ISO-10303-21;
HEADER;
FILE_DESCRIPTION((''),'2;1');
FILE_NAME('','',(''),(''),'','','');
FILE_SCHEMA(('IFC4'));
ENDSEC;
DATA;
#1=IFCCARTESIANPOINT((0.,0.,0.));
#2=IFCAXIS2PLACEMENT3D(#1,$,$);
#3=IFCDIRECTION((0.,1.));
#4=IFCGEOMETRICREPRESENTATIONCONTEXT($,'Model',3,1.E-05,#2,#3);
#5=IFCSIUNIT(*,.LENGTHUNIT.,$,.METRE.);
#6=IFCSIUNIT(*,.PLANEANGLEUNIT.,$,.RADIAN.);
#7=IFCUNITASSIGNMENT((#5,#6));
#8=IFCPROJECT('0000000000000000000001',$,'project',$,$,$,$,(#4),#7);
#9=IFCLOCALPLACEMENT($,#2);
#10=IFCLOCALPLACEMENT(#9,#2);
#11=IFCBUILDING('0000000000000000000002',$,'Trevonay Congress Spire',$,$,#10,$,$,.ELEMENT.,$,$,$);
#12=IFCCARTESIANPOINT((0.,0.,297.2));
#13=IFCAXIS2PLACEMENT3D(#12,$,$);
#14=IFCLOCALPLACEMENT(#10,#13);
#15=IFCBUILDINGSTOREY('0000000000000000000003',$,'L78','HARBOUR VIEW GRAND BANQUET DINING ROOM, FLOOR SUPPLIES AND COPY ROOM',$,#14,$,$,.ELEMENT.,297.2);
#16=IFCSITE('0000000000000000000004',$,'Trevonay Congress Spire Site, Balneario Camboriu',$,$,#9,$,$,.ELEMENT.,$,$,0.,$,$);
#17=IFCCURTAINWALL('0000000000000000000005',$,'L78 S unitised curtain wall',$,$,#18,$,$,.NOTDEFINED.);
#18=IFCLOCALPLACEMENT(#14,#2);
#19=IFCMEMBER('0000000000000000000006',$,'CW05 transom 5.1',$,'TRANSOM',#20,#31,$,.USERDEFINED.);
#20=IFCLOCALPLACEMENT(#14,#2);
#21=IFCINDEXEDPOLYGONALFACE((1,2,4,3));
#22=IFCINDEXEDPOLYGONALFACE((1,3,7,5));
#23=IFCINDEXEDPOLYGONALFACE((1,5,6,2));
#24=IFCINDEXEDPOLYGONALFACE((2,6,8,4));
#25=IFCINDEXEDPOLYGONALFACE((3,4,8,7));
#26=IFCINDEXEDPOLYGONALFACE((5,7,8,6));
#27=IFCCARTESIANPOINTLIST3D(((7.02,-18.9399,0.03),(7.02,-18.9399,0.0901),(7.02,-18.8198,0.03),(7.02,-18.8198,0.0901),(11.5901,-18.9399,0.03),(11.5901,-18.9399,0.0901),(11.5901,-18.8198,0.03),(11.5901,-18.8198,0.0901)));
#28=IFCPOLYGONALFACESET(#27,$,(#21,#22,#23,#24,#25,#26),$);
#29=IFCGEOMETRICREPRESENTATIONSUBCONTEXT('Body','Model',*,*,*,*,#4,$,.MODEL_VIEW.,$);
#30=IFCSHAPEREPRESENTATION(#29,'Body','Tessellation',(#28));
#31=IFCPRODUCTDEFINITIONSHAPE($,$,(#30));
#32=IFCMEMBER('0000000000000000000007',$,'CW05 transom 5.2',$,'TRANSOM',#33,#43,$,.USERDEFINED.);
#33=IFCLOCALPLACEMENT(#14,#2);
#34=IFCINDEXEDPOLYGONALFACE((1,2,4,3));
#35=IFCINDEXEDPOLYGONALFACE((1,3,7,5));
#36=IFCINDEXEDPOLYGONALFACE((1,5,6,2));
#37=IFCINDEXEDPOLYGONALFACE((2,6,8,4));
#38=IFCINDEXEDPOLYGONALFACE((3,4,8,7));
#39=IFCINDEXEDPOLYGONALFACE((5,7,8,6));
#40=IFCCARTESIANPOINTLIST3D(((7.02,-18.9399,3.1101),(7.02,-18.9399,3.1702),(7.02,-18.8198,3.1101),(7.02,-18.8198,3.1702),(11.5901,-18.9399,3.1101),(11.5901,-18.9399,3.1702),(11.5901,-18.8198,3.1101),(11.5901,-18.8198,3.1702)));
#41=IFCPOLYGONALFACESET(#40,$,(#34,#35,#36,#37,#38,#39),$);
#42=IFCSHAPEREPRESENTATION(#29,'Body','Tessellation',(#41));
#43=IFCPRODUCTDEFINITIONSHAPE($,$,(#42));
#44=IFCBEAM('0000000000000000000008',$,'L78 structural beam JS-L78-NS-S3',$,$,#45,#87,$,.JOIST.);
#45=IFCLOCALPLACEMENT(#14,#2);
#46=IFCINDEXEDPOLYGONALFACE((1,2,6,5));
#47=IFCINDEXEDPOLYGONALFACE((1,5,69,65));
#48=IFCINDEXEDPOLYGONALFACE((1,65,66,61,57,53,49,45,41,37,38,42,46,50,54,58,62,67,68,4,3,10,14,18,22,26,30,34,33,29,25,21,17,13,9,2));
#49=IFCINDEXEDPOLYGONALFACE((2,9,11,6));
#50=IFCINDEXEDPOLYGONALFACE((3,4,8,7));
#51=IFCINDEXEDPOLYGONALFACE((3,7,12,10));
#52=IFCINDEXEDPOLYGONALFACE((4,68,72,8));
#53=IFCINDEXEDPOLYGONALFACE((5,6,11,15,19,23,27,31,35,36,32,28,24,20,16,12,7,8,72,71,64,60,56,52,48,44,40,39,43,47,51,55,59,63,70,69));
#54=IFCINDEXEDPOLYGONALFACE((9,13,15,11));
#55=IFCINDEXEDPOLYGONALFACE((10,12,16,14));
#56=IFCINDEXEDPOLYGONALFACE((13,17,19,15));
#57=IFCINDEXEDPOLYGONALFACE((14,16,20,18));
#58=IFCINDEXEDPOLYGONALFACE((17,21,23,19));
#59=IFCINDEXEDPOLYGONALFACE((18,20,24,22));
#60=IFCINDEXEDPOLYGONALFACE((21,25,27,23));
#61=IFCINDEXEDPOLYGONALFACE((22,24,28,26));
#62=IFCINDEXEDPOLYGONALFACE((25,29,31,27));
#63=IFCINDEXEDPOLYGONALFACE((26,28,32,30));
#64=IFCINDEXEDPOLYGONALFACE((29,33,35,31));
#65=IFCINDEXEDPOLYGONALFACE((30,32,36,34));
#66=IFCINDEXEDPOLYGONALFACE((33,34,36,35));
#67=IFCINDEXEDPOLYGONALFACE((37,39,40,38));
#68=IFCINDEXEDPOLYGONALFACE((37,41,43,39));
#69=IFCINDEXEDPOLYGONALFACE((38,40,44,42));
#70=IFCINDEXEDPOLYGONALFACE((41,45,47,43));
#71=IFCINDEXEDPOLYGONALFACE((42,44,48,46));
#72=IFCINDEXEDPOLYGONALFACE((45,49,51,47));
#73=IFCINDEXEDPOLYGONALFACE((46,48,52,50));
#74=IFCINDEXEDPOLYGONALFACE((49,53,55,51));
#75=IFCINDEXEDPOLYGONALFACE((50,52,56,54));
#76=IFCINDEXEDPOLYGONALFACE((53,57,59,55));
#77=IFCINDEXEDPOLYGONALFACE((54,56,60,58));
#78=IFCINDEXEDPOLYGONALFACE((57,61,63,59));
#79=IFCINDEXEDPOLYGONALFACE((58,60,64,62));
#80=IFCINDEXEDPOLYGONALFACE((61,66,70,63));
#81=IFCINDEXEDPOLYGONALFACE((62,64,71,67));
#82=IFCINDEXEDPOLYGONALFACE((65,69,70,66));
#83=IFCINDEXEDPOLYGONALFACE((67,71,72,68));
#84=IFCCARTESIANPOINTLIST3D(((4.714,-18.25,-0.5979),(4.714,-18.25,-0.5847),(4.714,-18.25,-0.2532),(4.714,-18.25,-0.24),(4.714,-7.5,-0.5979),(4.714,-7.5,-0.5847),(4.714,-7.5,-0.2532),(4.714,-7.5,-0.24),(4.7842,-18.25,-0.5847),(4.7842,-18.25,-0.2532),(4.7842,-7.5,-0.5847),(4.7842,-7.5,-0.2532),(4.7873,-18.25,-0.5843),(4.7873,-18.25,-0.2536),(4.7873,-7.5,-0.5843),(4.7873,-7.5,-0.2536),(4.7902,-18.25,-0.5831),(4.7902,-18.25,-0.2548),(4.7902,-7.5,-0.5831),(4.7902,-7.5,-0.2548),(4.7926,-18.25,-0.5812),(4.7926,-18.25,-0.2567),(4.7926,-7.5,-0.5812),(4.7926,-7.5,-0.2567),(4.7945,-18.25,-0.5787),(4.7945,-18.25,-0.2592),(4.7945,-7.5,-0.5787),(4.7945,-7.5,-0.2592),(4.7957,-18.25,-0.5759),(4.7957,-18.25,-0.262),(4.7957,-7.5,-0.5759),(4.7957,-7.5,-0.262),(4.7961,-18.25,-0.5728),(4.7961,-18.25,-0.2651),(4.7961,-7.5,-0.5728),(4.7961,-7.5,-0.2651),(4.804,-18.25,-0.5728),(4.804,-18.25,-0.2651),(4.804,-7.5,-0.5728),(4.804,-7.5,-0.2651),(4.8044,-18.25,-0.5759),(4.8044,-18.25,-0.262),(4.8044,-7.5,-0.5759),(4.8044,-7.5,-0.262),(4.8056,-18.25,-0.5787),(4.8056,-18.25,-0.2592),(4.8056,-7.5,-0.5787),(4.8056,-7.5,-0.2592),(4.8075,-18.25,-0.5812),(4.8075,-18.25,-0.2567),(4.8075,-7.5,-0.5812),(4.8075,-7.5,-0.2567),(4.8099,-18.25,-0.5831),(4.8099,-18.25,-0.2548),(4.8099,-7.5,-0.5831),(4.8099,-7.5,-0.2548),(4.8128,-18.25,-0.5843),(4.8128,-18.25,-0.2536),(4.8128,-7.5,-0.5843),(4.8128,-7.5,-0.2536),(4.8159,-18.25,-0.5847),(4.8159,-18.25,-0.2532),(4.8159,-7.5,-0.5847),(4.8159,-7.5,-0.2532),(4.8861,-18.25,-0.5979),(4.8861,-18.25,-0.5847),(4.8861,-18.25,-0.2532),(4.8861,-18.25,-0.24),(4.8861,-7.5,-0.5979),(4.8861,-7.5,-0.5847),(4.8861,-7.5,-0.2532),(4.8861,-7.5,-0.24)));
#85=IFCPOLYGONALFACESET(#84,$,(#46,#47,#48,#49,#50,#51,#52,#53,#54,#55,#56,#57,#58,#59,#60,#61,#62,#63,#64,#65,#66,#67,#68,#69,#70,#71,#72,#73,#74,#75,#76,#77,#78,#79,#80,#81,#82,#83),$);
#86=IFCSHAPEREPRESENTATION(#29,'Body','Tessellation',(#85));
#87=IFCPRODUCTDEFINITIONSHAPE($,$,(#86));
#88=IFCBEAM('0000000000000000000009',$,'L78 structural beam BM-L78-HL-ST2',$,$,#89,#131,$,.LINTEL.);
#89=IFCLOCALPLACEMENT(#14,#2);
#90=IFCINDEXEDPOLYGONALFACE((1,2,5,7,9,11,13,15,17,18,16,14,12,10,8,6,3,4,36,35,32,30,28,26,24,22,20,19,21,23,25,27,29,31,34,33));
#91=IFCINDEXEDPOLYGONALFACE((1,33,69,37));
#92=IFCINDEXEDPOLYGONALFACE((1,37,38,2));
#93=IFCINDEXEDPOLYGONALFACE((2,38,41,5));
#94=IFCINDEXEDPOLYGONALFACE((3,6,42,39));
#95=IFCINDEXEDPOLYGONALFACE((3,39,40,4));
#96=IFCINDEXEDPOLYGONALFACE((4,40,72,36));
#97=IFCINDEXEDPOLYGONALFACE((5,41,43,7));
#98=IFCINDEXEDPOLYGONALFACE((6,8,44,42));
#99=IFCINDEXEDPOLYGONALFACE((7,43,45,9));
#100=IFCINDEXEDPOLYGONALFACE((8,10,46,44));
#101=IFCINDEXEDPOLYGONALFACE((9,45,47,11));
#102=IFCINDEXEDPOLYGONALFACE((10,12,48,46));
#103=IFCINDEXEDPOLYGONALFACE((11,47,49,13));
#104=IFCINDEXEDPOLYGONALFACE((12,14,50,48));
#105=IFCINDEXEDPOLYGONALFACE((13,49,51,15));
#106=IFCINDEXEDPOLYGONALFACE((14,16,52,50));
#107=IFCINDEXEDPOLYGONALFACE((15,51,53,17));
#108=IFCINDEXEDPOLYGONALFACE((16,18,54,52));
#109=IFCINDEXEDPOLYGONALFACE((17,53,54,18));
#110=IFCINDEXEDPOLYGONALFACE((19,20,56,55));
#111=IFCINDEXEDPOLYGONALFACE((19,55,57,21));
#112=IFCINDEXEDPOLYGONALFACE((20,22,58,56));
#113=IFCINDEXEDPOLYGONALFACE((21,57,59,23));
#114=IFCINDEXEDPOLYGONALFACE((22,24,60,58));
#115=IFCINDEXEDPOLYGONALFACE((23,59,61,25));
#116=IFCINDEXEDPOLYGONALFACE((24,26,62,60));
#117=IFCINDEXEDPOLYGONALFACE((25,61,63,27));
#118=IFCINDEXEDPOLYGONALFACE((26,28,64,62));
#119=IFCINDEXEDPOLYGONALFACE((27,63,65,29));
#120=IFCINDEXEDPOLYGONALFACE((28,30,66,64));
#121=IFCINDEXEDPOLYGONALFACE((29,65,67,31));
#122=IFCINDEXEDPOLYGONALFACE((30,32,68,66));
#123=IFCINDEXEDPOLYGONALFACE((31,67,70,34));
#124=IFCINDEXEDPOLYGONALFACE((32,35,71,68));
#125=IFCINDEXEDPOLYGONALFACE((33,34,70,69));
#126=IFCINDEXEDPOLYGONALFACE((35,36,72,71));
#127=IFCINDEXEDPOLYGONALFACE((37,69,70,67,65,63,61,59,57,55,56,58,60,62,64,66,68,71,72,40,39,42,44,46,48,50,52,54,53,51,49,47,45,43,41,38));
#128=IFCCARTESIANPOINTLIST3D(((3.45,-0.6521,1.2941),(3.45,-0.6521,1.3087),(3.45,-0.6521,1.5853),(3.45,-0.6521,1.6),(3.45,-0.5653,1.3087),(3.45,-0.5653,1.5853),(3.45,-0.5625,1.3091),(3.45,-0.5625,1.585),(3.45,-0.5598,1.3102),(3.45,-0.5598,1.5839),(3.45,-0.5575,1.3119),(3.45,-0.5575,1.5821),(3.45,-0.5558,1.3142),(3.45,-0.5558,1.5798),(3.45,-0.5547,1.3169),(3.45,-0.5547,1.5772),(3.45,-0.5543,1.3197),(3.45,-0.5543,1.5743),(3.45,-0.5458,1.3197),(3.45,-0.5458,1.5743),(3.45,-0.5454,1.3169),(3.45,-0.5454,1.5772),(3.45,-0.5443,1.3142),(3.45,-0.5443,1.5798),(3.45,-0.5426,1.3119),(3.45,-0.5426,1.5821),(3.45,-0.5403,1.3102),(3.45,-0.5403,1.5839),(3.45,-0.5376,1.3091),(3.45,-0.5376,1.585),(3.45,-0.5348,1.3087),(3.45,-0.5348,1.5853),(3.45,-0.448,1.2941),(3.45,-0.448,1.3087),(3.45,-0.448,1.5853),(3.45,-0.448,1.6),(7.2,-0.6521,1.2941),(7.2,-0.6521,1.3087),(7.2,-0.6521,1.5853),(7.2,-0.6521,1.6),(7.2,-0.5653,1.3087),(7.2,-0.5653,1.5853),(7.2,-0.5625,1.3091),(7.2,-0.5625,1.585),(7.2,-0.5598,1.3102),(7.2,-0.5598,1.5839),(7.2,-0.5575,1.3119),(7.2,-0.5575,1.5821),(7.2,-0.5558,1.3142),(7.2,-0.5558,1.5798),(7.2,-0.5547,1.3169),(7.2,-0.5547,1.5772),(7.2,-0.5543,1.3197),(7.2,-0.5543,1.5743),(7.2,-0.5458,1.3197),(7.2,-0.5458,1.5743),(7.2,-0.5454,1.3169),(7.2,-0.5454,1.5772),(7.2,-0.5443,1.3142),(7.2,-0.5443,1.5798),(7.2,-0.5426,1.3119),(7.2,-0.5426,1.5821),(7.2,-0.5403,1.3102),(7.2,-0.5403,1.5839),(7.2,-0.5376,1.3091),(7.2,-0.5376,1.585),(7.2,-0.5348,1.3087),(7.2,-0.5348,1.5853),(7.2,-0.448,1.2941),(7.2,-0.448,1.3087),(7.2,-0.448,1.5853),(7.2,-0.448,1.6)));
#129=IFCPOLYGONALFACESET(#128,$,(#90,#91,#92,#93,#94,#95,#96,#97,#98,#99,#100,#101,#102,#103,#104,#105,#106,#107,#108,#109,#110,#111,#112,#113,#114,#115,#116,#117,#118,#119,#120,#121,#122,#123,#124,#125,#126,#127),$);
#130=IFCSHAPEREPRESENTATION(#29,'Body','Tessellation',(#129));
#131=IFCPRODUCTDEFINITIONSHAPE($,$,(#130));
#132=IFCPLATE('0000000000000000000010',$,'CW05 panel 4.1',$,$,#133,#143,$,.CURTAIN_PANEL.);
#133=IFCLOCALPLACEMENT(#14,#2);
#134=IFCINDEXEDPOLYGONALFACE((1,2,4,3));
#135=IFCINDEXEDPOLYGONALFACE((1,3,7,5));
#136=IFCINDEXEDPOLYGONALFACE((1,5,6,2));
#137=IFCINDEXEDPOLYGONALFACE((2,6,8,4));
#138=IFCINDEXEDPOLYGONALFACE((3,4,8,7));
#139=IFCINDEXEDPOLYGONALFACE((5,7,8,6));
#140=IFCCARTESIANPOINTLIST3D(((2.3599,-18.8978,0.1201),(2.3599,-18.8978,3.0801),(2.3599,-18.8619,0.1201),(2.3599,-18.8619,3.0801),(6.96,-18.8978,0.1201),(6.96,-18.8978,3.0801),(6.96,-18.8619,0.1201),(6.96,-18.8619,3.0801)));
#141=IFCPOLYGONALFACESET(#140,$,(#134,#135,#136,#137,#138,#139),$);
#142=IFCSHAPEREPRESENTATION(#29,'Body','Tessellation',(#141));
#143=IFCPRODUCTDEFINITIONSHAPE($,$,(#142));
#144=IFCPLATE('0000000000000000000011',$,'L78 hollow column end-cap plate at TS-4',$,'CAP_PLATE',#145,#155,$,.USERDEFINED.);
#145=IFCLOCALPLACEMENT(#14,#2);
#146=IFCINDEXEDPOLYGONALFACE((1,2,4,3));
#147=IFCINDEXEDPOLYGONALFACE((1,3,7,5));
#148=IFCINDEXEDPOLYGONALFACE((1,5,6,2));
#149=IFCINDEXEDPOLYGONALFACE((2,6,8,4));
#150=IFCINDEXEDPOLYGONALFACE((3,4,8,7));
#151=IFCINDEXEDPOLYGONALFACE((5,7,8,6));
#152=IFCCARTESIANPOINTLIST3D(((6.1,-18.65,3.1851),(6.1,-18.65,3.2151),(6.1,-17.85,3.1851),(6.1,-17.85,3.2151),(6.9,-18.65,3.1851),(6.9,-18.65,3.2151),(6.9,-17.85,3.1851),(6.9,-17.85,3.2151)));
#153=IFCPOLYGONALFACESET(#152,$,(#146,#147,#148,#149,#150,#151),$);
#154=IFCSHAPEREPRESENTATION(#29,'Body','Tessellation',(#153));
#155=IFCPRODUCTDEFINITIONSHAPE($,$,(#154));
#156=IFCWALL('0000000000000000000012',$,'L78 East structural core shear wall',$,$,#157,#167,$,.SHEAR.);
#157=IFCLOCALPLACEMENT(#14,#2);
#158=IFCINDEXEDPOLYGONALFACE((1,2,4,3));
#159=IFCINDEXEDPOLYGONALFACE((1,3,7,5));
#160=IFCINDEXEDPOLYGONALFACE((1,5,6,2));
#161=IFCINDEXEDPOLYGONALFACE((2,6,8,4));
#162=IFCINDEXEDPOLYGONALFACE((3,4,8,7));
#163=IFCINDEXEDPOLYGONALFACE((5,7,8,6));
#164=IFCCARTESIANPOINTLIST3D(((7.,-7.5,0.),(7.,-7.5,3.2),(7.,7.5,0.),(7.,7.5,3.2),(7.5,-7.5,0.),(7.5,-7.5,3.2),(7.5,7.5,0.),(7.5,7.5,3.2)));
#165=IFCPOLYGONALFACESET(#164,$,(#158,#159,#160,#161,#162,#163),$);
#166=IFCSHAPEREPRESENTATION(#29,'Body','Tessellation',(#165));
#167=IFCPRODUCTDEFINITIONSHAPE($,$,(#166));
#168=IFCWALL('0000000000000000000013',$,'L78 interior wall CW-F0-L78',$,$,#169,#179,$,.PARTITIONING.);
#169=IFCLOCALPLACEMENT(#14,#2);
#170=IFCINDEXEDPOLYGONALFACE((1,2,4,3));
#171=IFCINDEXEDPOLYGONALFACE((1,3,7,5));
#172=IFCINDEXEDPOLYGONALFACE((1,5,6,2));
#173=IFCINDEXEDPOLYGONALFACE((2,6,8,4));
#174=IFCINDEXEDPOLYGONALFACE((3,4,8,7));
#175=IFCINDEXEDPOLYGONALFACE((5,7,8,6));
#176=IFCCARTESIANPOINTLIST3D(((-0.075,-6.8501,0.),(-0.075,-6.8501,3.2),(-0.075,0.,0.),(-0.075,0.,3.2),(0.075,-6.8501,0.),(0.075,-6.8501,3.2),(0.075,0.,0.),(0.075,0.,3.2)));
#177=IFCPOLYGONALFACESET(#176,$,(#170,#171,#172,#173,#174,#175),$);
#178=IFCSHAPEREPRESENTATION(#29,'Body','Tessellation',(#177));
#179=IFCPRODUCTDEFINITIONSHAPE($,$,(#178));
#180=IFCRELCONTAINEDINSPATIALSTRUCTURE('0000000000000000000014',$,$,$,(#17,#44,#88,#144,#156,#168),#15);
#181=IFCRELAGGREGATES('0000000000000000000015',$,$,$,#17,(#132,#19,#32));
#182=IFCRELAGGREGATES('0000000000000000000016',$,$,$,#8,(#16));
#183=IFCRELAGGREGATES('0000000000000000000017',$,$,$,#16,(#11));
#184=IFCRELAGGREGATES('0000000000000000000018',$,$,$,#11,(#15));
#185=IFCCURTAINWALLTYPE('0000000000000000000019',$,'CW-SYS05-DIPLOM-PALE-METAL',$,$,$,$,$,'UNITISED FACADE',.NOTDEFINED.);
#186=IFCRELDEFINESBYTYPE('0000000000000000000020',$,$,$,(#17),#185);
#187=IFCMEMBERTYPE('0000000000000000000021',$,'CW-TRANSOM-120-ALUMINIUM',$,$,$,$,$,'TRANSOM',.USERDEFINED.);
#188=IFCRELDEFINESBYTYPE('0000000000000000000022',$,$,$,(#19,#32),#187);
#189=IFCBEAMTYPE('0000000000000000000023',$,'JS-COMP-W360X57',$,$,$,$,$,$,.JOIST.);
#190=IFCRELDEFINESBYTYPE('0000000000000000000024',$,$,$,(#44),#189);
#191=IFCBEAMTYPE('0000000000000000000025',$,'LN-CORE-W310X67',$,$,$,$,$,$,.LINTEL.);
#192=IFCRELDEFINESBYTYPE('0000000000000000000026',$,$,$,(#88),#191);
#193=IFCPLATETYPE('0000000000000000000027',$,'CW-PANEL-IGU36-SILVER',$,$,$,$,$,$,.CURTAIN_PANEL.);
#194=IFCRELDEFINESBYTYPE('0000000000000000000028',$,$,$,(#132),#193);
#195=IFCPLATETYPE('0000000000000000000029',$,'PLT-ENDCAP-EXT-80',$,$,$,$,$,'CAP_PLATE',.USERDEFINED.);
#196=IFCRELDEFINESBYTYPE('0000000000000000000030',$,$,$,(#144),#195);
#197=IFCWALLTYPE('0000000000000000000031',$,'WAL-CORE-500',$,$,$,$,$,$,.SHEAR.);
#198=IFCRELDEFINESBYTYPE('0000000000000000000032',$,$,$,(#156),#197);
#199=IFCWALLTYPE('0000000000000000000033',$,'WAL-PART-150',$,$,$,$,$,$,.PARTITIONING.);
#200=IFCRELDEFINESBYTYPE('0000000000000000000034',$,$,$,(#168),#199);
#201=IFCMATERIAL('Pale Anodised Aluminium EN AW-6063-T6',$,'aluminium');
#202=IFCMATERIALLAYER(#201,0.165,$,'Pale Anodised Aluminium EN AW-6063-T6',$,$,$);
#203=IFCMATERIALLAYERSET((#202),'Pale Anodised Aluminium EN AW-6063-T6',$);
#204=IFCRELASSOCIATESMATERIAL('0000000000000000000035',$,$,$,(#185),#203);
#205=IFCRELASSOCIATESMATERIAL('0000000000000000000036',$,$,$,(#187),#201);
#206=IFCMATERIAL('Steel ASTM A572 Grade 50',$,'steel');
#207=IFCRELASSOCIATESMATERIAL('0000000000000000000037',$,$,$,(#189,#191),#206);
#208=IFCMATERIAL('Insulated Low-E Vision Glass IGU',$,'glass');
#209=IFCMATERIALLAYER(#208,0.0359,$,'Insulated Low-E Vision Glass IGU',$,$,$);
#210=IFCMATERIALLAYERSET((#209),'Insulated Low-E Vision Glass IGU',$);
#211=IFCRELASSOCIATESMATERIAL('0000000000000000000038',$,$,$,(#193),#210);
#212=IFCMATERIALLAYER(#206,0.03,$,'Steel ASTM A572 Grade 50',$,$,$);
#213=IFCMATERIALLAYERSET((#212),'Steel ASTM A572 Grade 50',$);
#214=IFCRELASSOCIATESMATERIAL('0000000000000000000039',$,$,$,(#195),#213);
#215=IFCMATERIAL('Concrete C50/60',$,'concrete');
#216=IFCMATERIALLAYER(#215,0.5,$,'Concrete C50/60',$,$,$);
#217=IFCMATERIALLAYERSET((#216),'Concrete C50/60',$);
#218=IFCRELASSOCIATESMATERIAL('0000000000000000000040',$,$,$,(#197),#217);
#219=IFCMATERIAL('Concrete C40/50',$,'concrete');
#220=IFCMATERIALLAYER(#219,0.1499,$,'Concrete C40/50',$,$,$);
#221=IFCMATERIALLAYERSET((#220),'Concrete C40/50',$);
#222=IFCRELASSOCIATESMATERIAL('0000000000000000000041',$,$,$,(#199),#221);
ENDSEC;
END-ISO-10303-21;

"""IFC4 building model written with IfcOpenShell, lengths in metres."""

from ifc_helpers import new_model, si_unit, direction, frame, frame_2d, origin, origin_2d, place, context, subcontext, project, spatial, rectangle, i_section, extrude, material, layer, layer_set, material_profile, profile_set, type_object, element, aggregate, save


model = new_model("IFC4")

# Units and contexts
model_context = context("Model", 3, precision=1e-05, world=origin(), true_north=direction((0.0, 1.0)))
body_context = subcontext(model_context, "Body", "Model", "MODEL_VIEW")
ifc_project = project(units=[si_unit("LENGTHUNIT", "METRE"), si_unit("PLANEANGLEUNIT", "RADIAN")], contexts=[model_context])

# Site, building, storey
site_placement = place(None, origin())
site = spatial("IfcSite", under=ifc_project, at=site_placement, Name="Trevonay Congress Spire Site, Balneario Camboriu", CompositionType="ELEMENT", RefElevation=0.0)
building_placement = place(site_placement, origin())
building = spatial("IfcBuilding", under=site, at=building_placement, Name="Trevonay Congress Spire", CompositionType="ELEMENT")
storey_placement = place(building_placement, frame((0.0, 0.0, 297.2)))
storey = spatial("IfcBuildingStorey", under=building, at=storey_placement, Name="L78", Description="HARBOUR VIEW GRAND BANQUET DINING ROOM, FLOOR SUPPLIES AND COPY ROOM", CompositionType="ELEMENT", Elevation=297.2)

# Shared definitions
ifc_material_1 = material(Name="Steel ASTM A572 Grade 50", Category="steel")

# Curtain wall, members
ifc_material_2 = material(Name="Pale Anodised Aluminium EN AW-6063-T6", Category="aluminium")
ifc_layer_1 = layer(ifc_material_2, 0.165, Name="Pale Anodised Aluminium EN AW-6063-T6")
ifc_layer_set_1 = layer_set([ifc_layer_1], Name="Pale Anodised Aluminium EN AW-6063-T6")
curtain_wall_type = type_object("IfcCurtainWallType", Name="CW-SYS05-DIPLOM-PALE-METAL", ElementType="UNITISED FACADE", PredefinedType="NOTDEFINED", material=ifc_layer_set_1)
curtain_wall_placement = place(storey_placement, origin())
curtain_wall = element("IfcCurtainWall", 1, at=curtain_wall_placement, inside=storey, type_object=curtain_wall_type, Name="L78 S unitised curtain wall", PredefinedType="NOTDEFINED")
ifc_material_profile_1 = material_profile(ifc_material_2, rectangle(XDim=0.1201, YDim=0.0601, at=origin_2d()), Name="CW-TRANSOM-120-ALUMINIUM")
ifc_profile_set_1 = profile_set([ifc_material_profile_1], Name="Pale Anodised Aluminium EN AW-6063-T6")
member_type_1 = type_object("IfcMemberType", Name="CW-TRANSOM-120-ALUMINIUM", ElementType="TRANSOM", PredefinedType="USERDEFINED", material=ifc_profile_set_1)
member_1_placement = place(storey_placement, frame((7.02, -18.8799, 0.0601), z_axis=(1.0, 0.0, 0.0), x_axis=(0.0, 1.0, 0.0)))
member_1 = element("IfcMember", 2, at=member_1_placement, type_object=member_type_1, Name="CW05 transom 5.1", ObjectType="TRANSOM", PredefinedType="USERDEFINED", context=body_context, shape_type="SweptSolid", body=[
    extrude(rectangle(XDim=0.1201, YDim=0.0601, at=origin_2d()), origin(), (0.0, 0.0, 1.0), 4.5701),
])
member_2_placement = place(storey_placement, frame((7.02, -18.8799, 3.1401), z_axis=(1.0, 0.0, 0.0), x_axis=(0.0, 1.0, 0.0)))
member_2 = element("IfcMember", 3, at=member_2_placement, type_object=member_type_1, Name="CW05 transom 5.2", ObjectType="TRANSOM", PredefinedType="USERDEFINED", context=body_context, shape_type="SweptSolid", body=[
    extrude(rectangle(XDim=0.1201, YDim=0.0601, at=origin_2d()), origin(), (0.0, 0.0, 1.0), 4.5701),
])

# Beams
ifc_material_profile_2 = material_profile(ifc_material_1, i_section(OverallWidth=0.1721, OverallDepth=0.3579, WebThickness=0.0078, FlangeThickness=0.0132, FilletRadius=0.012, at=origin_2d()), Name="W360x57.8")
ifc_profile_set_2 = profile_set([ifc_material_profile_2], Name="Steel ASTM A572 Grade 50")
beam_type_1 = type_object("IfcBeamType", Name="JS-COMP-W360X57", PredefinedType="JOIST", material=ifc_profile_set_2)
beam_1_placement = place(storey_placement, frame((4.8, -18.25, -0.4189), z_axis=(0.0, 1.0, 0.0), x_axis=(-1.0, 0.0, 0.0)))
element("IfcBeam", 4, at=beam_1_placement, inside=storey, type_object=beam_type_1, Name="L78 structural beam JS-L78-NS-S3", PredefinedType="JOIST", context=body_context, shape_type="SweptSolid", body=[
    extrude(i_section(OverallWidth=0.1721, OverallDepth=0.3579, WebThickness=0.0078, FlangeThickness=0.0132, FilletRadius=0.012, at=origin_2d()), origin(), (0.0, 0.0, 1.0), 10.75),
])
ifc_material_profile_3 = material_profile(ifc_material_1, i_section(OverallWidth=0.2041, OverallDepth=0.3059, WebThickness=0.0085, FlangeThickness=0.0146, FilletRadius=0.011, at=origin_2d()), Name="W310x67")
ifc_profile_set_3 = profile_set([ifc_material_profile_3], Name="Steel ASTM A572 Grade 50")
beam_type_2 = type_object("IfcBeamType", Name="LN-CORE-W310X67", PredefinedType="LINTEL", material=ifc_profile_set_3)
beam_2_placement = place(storey_placement, frame((3.45, -0.55, 1.447), z_axis=(1.0, 0.0, 0.0), x_axis=(0.0, 1.0, 0.0)))
element("IfcBeam", 5, at=beam_2_placement, inside=storey, type_object=beam_type_2, Name="L78 structural beam BM-L78-HL-ST2", PredefinedType="LINTEL", context=body_context, shape_type="SweptSolid", body=[
    extrude(i_section(OverallWidth=0.2041, OverallDepth=0.3059, WebThickness=0.0085, FlangeThickness=0.0146, FilletRadius=0.011, at=origin_2d()), origin(), (0.0, 0.0, 1.0), 3.75),
])

# Plates
ifc_material_3 = material(Name="Insulated Low-E Vision Glass IGU", Category="glass")
ifc_layer_2 = layer(ifc_material_3, 0.0359, Name="Insulated Low-E Vision Glass IGU")
ifc_layer_set_2 = layer_set([ifc_layer_2], Name="Insulated Low-E Vision Glass IGU")
plate_type_1 = type_object("IfcPlateType", Name="CW-PANEL-IGU36-SILVER", PredefinedType="CURTAIN_PANEL", material=ifc_layer_set_2)
plate_1_placement = place(storey_placement, frame((4.6599, -18.8799, 0.1201), z_axis=(0.0, 0.0, 1.0), x_axis=(1.0, 0.0, 0.0)))
plate_1 = element("IfcPlate", 6, at=plate_1_placement, type_object=plate_type_1, Name="CW05 panel 4.1", PredefinedType="CURTAIN_PANEL", context=body_context, shape_type="SweptSolid", body=[
    extrude(rectangle(XDim=4.6001, YDim=0.0359, at=origin_2d()), origin(), (0.0, 0.0, 1.0), 2.96),
])
aggregate(curtain_wall, [plate_1, member_1, member_2])
ifc_layer_3 = layer(ifc_material_1, 0.03, Name="Steel ASTM A572 Grade 50")
ifc_layer_set_3 = layer_set([ifc_layer_3], Name="Steel ASTM A572 Grade 50")
plate_type_2 = type_object("IfcPlateType", Name="PLT-ENDCAP-EXT-80", ElementType="CAP_PLATE", PredefinedType="USERDEFINED", material=ifc_layer_set_3)
plate_2_placement = place(storey_placement, frame((6.5, -18.25, 3.1851), z_axis=(0.0, 0.0, 1.0), x_axis=(1.0, 0.0, 0.0)))
element("IfcPlate", 7, at=plate_2_placement, inside=storey, type_object=plate_type_2, Name="L78 hollow column end-cap plate at TS-4", ObjectType="CAP_PLATE", PredefinedType="USERDEFINED", context=body_context, shape_type="SweptSolid", body=[
    extrude(rectangle(XDim=0.8, YDim=0.8, at=origin_2d()), origin(), (0.0, 0.0, 1.0), 0.03),
])

# Walls
ifc_material_4 = material(Name="Concrete C50/60", Category="concrete")
ifc_layer_4 = layer(ifc_material_4, 0.5, Name="Concrete C50/60")
ifc_layer_set_4 = layer_set([ifc_layer_4], Name="Concrete C50/60")
wall_type_1 = type_object("IfcWallType", Name="WAL-CORE-500", PredefinedType="SHEAR", material=ifc_layer_set_4)
wall_1_placement = place(storey_placement, frame((7.25, -7.5, 0.0), z_axis=(0.0, 0.0, 1.0), x_axis=(0.0, 1.0, 0.0)))
element("IfcWall", 8, at=wall_1_placement, inside=storey, type_object=wall_type_1, Name="L78 East structural core shear wall", PredefinedType="SHEAR", context=body_context, shape_type="SweptSolid", body=[
    extrude(rectangle(XDim=15.0, YDim=0.5, at=frame_2d((7.5, 0.0))), origin(), (0.0, 0.0, 1.0), 3.2),
])
ifc_material_5 = material(Name="Concrete C40/50", Category="concrete")
ifc_layer_5 = layer(ifc_material_5, 0.1499, Name="Concrete C40/50")
ifc_layer_set_5 = layer_set([ifc_layer_5], Name="Concrete C40/50")
wall_type_2 = type_object("IfcWallType", Name="WAL-PART-150", PredefinedType="PARTITIONING", material=ifc_layer_set_5)
wall_2_placement = place(storey_placement, frame((0.0, -6.8501, 0.0), z_axis=(0.0, 0.0, 1.0), x_axis=(0.0, 1.0, 0.0)))
element("IfcWall", 9, at=wall_2_placement, inside=storey, type_object=wall_type_2, Name="L78 interior wall CW-F0-L78", PredefinedType="PARTITIONING", context=body_context, shape_type="SweptSolid", body=[
    extrude(rectangle(XDim=6.8501, YDim=0.1499, at=frame_2d((3.425, 0.0))), origin(), (0.0, 0.0, 1.0), 3.2),
])

save(model, "model.ifc")
